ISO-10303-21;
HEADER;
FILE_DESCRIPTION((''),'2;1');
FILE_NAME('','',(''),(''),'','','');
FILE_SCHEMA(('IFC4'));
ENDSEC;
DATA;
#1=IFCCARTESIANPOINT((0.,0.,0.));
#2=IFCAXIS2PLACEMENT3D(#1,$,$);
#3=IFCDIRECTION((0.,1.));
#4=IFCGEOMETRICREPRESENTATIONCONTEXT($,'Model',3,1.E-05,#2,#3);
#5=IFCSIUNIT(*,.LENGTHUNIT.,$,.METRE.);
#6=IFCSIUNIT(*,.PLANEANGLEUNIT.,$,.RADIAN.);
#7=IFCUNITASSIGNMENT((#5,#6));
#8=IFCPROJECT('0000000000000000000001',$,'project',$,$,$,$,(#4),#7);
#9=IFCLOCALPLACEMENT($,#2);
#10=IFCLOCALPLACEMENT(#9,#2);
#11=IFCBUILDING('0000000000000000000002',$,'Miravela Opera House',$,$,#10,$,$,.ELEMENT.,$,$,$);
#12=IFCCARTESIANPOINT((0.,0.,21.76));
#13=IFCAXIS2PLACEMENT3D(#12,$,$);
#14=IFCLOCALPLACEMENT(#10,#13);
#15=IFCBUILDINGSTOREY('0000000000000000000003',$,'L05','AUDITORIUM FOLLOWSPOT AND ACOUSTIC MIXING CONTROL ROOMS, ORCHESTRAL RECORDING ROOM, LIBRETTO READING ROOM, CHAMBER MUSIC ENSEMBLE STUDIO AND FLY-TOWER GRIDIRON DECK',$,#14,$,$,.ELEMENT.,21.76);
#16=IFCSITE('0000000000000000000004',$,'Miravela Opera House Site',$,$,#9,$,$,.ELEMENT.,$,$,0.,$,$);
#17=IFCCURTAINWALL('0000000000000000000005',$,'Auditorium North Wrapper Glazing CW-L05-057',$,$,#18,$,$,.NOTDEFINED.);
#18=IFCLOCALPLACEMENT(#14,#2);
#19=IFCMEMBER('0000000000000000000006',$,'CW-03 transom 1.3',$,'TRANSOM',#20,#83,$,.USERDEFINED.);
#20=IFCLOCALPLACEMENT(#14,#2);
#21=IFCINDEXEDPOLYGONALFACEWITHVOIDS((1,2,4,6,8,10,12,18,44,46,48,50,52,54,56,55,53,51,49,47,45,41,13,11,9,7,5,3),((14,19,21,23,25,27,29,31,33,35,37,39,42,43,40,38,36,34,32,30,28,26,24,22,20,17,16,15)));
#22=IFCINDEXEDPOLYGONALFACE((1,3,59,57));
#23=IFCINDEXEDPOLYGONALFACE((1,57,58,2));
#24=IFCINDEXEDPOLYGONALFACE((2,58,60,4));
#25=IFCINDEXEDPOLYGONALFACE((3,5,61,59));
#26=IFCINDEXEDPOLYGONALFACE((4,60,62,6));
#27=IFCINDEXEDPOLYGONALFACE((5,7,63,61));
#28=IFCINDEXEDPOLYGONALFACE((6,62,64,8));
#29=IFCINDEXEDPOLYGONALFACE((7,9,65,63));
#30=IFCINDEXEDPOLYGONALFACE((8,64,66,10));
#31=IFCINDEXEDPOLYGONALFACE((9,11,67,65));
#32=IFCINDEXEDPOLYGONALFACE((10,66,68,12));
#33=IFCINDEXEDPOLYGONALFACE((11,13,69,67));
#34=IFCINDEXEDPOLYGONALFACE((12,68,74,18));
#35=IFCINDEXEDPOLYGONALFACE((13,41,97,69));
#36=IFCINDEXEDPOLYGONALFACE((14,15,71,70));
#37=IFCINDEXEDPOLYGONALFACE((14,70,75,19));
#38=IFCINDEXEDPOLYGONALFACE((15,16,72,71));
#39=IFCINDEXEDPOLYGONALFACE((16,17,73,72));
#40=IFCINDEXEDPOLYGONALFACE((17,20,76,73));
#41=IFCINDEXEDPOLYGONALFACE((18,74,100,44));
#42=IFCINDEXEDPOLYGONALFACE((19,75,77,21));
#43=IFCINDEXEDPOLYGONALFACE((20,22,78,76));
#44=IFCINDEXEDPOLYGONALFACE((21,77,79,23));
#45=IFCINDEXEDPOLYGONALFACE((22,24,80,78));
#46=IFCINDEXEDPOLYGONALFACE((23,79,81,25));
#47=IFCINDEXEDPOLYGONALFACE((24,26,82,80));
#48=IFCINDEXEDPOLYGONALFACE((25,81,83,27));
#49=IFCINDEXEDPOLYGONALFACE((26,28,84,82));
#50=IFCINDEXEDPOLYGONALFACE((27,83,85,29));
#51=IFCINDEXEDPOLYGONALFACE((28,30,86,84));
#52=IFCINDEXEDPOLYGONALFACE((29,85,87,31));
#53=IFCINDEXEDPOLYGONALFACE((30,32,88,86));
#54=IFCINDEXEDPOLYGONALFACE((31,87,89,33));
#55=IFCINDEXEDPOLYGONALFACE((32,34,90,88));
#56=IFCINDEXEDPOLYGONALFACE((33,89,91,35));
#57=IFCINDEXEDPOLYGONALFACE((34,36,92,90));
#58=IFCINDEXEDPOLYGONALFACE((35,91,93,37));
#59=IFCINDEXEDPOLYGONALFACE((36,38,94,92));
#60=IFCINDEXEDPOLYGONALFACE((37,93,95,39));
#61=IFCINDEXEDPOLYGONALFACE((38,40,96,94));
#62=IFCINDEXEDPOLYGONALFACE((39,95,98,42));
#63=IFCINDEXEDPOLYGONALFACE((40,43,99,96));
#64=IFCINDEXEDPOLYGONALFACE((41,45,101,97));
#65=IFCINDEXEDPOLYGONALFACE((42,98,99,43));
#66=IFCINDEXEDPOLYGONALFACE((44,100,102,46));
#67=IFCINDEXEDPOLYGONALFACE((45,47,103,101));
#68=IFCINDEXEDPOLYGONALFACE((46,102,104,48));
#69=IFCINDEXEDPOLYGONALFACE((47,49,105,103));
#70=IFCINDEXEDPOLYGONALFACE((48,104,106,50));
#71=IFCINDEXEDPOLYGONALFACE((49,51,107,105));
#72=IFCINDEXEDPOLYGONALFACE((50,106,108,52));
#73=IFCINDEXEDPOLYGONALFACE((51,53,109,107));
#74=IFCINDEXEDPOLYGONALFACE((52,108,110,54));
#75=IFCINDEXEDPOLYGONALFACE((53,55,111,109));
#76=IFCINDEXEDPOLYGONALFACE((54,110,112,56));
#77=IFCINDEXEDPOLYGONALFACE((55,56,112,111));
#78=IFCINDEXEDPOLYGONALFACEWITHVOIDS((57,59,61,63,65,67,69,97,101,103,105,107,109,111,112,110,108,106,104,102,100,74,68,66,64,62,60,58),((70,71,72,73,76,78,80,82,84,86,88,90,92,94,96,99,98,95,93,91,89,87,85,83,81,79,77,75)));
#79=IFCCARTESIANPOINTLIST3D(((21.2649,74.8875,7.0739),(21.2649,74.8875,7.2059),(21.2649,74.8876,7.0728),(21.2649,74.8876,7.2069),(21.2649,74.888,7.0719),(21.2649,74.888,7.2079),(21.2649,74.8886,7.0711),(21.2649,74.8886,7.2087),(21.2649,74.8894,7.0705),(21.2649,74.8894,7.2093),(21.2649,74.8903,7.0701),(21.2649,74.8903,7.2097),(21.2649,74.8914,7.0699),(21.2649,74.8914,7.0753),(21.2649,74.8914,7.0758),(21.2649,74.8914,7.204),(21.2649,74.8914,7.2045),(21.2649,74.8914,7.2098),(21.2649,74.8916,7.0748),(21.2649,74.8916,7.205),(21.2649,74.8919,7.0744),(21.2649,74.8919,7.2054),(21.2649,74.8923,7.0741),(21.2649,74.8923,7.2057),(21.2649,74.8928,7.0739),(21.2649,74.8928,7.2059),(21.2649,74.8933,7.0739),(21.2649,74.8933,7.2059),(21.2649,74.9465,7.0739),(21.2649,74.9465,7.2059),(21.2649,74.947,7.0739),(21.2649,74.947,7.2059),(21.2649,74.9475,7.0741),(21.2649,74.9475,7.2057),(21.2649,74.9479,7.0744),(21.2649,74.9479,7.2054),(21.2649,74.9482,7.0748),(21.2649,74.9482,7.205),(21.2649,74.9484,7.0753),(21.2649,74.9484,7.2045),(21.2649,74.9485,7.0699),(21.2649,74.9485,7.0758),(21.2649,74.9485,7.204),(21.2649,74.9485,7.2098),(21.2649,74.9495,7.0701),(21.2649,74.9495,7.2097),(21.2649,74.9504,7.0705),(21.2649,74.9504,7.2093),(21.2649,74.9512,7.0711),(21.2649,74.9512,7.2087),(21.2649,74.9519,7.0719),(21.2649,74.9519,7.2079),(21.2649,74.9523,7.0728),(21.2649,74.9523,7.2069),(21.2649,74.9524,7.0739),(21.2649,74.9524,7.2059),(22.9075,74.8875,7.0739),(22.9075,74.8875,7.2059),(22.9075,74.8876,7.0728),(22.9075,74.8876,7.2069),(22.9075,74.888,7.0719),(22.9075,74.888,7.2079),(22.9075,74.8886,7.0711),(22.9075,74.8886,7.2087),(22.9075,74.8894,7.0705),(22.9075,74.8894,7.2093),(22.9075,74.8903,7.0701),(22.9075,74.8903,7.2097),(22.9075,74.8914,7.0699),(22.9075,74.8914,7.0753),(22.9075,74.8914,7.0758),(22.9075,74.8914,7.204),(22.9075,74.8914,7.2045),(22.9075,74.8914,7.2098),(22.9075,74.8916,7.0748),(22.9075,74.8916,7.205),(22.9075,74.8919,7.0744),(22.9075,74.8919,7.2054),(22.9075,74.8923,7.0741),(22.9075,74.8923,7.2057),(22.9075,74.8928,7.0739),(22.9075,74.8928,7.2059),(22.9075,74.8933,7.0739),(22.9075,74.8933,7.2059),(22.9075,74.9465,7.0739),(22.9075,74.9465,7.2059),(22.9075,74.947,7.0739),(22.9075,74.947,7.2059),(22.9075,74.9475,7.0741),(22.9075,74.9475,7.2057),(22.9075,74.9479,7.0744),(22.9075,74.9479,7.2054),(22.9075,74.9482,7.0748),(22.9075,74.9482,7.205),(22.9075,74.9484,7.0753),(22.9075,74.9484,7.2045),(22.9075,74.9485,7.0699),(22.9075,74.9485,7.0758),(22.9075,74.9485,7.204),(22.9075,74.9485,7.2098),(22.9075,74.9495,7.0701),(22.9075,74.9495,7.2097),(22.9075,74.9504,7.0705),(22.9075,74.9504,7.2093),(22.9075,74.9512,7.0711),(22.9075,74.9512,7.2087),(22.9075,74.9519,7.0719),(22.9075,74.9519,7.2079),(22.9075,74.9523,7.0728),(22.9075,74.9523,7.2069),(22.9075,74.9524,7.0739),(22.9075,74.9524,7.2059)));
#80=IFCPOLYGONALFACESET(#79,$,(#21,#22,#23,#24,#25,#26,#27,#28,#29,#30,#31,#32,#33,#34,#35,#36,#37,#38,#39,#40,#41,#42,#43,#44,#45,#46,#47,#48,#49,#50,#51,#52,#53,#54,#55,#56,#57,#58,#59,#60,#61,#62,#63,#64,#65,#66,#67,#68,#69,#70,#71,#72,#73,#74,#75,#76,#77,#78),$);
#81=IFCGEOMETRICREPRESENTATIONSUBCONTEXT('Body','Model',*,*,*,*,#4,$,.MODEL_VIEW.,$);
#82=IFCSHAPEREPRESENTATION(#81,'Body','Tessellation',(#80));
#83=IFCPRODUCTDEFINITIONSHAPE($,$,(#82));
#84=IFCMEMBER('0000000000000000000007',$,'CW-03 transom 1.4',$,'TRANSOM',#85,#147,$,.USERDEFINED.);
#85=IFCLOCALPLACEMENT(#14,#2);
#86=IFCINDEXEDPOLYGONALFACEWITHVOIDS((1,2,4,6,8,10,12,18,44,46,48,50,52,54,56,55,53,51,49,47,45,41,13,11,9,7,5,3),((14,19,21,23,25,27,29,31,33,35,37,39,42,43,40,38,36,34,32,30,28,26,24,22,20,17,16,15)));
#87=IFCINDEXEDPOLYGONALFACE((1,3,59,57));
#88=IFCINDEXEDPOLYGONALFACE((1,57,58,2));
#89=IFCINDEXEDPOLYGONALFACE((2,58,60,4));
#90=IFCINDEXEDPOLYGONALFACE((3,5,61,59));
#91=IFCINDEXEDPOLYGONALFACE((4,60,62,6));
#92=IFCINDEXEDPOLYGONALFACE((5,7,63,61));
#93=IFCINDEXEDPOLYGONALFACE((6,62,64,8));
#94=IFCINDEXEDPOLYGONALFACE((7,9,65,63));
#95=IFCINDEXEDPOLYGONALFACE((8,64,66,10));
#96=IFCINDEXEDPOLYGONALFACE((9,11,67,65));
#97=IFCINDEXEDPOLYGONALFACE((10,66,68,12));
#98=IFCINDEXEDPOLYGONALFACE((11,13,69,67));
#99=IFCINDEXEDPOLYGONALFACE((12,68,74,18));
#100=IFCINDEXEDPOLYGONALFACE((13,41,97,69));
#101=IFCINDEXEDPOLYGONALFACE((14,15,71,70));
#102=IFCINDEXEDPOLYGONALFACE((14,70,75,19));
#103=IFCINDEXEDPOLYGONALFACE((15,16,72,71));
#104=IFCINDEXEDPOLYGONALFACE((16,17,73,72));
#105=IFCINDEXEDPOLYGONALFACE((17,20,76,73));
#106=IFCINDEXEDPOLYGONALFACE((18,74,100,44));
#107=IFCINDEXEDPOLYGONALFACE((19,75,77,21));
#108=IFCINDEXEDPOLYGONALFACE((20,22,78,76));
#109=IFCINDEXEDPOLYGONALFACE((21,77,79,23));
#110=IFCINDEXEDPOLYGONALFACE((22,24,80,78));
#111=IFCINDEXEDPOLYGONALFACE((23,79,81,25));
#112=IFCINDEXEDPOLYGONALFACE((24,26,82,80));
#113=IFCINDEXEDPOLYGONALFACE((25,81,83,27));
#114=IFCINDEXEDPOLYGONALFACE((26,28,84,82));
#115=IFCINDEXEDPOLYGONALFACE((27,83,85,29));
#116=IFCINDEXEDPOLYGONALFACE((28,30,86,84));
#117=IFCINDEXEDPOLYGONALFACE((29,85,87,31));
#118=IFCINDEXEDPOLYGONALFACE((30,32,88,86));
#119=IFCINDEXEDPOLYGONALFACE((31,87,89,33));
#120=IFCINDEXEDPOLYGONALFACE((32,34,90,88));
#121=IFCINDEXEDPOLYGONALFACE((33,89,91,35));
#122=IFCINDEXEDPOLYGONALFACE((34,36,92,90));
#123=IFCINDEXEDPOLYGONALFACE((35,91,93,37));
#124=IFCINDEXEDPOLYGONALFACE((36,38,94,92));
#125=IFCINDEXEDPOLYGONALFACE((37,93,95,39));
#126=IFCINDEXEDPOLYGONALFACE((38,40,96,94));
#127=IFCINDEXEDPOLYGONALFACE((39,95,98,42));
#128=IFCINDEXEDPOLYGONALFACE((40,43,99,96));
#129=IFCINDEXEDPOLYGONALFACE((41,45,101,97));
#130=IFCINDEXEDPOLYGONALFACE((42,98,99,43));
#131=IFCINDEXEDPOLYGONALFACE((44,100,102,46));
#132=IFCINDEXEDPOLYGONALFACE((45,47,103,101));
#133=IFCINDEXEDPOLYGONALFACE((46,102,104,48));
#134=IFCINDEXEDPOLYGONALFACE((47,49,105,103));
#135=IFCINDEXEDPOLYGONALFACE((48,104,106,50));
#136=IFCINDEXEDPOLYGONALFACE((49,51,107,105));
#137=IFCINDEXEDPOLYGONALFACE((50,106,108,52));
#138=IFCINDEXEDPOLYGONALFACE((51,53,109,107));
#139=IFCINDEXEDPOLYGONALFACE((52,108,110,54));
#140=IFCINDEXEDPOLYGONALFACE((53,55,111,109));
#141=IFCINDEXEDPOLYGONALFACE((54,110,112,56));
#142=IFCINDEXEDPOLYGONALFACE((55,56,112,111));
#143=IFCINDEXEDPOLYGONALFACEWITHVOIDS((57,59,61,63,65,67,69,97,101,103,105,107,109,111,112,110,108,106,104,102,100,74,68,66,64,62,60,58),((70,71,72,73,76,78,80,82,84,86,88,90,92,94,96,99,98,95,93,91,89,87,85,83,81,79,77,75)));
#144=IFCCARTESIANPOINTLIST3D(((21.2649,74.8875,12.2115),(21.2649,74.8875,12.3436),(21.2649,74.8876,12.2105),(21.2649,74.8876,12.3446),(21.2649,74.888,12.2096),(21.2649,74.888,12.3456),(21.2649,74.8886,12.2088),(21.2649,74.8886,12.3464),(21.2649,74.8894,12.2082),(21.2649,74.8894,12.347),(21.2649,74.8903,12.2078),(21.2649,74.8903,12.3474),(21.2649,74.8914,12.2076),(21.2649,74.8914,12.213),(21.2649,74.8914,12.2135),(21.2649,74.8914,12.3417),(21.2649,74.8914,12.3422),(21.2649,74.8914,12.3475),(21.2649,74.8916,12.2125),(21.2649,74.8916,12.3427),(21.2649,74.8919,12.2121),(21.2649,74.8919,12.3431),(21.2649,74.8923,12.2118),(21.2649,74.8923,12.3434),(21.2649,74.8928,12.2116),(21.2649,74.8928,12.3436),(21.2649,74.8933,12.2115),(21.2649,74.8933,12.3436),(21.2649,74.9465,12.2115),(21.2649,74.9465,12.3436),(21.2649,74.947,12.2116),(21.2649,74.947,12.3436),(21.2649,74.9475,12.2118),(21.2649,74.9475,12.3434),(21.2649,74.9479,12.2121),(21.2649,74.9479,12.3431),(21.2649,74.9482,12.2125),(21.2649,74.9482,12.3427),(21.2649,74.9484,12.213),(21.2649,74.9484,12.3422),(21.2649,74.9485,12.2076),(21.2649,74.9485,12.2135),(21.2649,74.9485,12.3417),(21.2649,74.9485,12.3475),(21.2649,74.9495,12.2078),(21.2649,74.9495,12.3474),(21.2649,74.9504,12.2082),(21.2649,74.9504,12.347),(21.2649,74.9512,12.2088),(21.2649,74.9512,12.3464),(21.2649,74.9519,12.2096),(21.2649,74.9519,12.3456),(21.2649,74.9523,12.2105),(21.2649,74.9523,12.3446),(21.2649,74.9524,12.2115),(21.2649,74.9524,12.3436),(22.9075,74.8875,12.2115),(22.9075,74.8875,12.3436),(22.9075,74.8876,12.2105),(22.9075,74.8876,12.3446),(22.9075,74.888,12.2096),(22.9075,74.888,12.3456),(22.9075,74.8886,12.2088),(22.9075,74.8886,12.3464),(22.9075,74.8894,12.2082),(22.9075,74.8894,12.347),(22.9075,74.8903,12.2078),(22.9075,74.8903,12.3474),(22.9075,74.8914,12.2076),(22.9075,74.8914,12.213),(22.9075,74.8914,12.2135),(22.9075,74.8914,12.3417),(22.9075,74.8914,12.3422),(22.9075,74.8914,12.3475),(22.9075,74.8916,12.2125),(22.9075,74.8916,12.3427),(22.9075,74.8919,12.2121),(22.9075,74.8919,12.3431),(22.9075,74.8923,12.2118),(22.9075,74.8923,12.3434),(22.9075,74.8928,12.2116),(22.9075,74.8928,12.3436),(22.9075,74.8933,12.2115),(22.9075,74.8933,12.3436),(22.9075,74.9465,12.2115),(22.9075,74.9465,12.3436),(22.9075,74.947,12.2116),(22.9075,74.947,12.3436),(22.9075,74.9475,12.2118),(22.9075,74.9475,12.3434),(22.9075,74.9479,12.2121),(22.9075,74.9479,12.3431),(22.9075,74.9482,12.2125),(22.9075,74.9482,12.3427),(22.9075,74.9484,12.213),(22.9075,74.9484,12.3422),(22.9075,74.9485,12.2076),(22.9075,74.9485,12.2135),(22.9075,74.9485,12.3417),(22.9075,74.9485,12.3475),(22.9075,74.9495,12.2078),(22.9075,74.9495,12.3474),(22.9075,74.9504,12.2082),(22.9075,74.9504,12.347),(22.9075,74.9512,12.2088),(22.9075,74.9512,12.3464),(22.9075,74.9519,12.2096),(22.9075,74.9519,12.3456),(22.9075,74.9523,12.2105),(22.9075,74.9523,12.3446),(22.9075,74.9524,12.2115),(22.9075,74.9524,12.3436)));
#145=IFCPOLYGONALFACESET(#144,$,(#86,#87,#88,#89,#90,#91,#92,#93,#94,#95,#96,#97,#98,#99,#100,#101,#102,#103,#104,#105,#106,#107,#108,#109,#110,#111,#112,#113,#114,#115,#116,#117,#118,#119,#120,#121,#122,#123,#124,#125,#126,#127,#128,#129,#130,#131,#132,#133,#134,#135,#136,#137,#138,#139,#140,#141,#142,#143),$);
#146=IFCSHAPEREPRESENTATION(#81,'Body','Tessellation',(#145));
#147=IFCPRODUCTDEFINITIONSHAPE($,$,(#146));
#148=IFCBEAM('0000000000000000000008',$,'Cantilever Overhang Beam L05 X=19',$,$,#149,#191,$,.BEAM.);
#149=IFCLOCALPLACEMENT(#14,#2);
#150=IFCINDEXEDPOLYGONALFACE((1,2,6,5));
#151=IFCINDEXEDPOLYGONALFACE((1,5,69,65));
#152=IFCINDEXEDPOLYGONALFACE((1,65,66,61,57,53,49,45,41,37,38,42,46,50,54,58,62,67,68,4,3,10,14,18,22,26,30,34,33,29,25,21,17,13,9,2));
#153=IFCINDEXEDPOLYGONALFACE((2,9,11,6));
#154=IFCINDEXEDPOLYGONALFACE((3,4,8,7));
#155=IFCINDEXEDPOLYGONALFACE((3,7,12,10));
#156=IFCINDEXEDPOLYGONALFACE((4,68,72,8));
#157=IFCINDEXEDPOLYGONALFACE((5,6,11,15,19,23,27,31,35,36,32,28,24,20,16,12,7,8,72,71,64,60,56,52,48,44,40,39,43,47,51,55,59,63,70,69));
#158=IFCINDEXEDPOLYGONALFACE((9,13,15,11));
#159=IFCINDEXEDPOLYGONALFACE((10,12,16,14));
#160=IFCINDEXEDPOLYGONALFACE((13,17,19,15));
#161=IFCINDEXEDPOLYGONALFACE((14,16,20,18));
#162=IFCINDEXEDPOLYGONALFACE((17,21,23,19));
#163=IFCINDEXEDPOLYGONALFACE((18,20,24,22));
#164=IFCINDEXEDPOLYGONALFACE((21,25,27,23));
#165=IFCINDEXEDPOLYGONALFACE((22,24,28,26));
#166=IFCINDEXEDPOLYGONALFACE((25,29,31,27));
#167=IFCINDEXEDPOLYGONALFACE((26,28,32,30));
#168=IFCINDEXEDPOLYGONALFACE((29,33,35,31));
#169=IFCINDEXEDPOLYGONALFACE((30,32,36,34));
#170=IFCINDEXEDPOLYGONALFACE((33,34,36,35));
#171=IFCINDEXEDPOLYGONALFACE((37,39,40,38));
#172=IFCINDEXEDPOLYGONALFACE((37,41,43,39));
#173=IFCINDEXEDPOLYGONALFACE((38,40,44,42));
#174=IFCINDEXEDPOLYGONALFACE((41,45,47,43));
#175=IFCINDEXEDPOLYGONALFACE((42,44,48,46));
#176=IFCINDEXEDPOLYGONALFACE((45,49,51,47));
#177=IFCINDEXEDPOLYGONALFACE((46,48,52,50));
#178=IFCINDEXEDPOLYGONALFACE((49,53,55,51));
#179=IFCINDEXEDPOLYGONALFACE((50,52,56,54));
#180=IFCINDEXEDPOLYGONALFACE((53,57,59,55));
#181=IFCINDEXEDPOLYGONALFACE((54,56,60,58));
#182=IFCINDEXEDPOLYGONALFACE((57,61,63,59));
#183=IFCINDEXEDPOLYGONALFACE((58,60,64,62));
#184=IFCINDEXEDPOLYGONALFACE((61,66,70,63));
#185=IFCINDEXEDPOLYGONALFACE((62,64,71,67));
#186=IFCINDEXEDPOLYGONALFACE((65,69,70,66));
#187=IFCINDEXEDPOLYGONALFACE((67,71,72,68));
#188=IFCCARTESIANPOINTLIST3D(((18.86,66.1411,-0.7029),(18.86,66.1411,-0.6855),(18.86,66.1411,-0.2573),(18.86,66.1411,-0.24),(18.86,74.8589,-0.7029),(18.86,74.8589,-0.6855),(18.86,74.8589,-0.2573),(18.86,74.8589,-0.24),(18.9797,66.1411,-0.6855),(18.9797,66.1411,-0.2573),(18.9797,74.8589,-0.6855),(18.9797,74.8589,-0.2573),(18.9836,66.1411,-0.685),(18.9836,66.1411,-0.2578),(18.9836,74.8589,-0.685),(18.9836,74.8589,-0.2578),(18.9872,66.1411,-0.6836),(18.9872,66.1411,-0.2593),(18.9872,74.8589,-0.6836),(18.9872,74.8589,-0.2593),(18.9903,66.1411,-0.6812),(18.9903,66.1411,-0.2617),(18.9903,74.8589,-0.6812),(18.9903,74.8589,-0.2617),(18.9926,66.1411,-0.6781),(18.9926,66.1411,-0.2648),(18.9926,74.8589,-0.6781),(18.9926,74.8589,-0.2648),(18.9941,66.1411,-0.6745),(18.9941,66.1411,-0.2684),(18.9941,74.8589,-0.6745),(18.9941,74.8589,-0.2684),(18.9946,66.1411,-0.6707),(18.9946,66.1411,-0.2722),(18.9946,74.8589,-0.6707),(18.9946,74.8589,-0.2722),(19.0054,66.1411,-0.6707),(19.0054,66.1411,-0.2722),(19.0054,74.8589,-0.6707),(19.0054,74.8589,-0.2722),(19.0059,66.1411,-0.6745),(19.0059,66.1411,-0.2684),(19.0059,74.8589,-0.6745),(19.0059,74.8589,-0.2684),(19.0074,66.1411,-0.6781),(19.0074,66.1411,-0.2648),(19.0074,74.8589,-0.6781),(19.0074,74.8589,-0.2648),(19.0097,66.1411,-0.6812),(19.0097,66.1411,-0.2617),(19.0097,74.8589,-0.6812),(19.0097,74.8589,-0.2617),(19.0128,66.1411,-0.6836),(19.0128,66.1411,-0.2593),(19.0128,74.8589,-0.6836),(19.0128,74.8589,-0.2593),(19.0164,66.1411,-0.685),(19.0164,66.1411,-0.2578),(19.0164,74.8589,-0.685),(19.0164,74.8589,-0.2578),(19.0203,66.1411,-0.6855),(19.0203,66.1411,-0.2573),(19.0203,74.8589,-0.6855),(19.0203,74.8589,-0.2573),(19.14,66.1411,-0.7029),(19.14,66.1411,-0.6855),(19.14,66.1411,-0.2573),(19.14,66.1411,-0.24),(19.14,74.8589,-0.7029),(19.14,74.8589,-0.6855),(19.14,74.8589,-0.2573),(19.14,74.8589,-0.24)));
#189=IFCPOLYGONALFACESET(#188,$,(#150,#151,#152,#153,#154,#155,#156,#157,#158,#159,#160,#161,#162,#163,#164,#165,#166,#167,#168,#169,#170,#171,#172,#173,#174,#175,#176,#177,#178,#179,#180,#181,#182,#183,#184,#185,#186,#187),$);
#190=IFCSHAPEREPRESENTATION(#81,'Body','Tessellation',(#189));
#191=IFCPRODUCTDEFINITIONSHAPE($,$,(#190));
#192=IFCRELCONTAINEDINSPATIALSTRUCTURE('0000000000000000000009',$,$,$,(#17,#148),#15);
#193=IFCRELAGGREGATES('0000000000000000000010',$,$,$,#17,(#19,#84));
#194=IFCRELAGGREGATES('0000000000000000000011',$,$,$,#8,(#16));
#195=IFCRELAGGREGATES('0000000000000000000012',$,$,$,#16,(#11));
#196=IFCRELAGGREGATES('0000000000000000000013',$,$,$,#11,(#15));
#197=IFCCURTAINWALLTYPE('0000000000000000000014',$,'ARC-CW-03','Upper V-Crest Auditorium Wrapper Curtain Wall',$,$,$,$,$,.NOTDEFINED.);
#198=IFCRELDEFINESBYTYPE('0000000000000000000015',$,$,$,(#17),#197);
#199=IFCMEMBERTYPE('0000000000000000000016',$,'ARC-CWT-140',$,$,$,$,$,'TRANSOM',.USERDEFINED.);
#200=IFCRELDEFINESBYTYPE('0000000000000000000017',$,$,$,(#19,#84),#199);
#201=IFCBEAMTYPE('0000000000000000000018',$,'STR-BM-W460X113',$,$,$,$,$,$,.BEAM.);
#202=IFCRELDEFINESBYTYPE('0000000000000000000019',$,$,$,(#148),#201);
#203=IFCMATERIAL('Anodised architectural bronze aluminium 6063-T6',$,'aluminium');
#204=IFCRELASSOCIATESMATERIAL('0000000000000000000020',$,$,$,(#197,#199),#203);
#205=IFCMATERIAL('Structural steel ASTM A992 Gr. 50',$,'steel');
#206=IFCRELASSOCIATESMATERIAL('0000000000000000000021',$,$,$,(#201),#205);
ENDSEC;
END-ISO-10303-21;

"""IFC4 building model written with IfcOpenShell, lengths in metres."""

from ifc_helpers import new_model, si_unit, direction, frame, origin, origin_2d, place, context, subcontext, project, spatial, hollow_rectangle, i_section, extrude, material, material_profile, profile_set, type_object, element, aggregate, save


model = new_model("IFC4")

# Units and contexts
model_context = context("Model", 3, precision=1e-05, world=origin(), true_north=direction((0.0, 1.0)))
body_context = subcontext(model_context, "Body", "Model", "MODEL_VIEW")
ifc_project = project(units=[si_unit("LENGTHUNIT", "METRE"), si_unit("PLANEANGLEUNIT", "RADIAN")], contexts=[model_context])

# Site, building, storey
site_placement = place(None, origin())
site = spatial("IfcSite", under=ifc_project, at=site_placement, Name="Miravela Opera House Site", CompositionType="ELEMENT", RefElevation=0.0)
building_placement = place(site_placement, origin())
building = spatial("IfcBuilding", under=site, at=building_placement, Name="Miravela Opera House", CompositionType="ELEMENT")
storey_placement = place(building_placement, frame((0.0, 0.0, 21.76)))
storey = spatial("IfcBuildingStorey", under=building, at=storey_placement, Name="L05", Description="AUDITORIUM FOLLOWSPOT AND ACOUSTIC MIXING CONTROL ROOMS, ORCHESTRAL RECORDING ROOM, LIBRETTO READING ROOM, CHAMBER MUSIC ENSEMBLE STUDIO AND FLY-TOWER GRIDIRON DECK", CompositionType="ELEMENT", Elevation=21.76)

# Curtain wall
ifc_material_1 = material(Name="Anodised architectural bronze aluminium 6063-T6", Category="aluminium")
curtain_wall_type = type_object("IfcCurtainWallType", Name="ARC-CW-03", Description="Upper V-Crest Auditorium Wrapper Curtain Wall", PredefinedType="NOTDEFINED", material=ifc_material_1)
curtain_wall_1_placement = place(storey_placement, origin())
curtain_wall_1 = element("IfcCurtainWall", 1, at=curtain_wall_1_placement, inside=storey, type_object=curtain_wall_type, Name="Auditorium North Wrapper Glazing CW-L05-057", PredefinedType="NOTDEFINED")

# Members
ifc_material_profile_1 = material_profile(ifc_material_1, hollow_rectangle(XDim=0.0649, YDim=0.1399, WallThickness=0.0039, InnerFilletRadius=0.002, OuterFilletRadius=0.0039, at=origin_2d()), Name="CWT-65X140")
ifc_profile_set_1 = profile_set([ifc_material_profile_1])
member_type_1 = type_object("IfcMemberType", Name="ARC-CWT-140", ElementType="TRANSOM", PredefinedType="USERDEFINED", material=ifc_profile_set_1)
member_1_placement = place(storey_placement, frame((21.2649, 74.9199, 7.1399), z_axis=(1.0, 0.0, 0.0), x_axis=(0.0, 1.0, 0.0)))
member_1 = element("IfcMember", 2, at=member_1_placement, type_object=member_type_1, Name="CW-03 transom 1.3", ObjectType="TRANSOM", PredefinedType="USERDEFINED", context=body_context, shape_type="SweptSolid", body=[
    extrude(hollow_rectangle(XDim=0.0649, YDim=0.1399, WallThickness=0.0039, InnerFilletRadius=0.002, OuterFilletRadius=0.0039, at=origin_2d()), origin(), (0.0, 0.0, 1.0), 1.6426),
])
member_2_placement = place(storey_placement, frame((21.2649, 74.9199, 12.2776), z_axis=(1.0, 0.0, 0.0), x_axis=(0.0, 1.0, 0.0)))
member_2 = element("IfcMember", 3, at=member_2_placement, type_object=member_type_1, Name="CW-03 transom 1.4", ObjectType="TRANSOM", PredefinedType="USERDEFINED", context=body_context, shape_type="SweptSolid", body=[
    extrude(hollow_rectangle(XDim=0.0649, YDim=0.1399, WallThickness=0.0039, InnerFilletRadius=0.002, OuterFilletRadius=0.0039, at=origin_2d()), origin(), (0.0, 0.0, 1.0), 1.6426),
])

# Beam
ifc_material_2 = material(Name="Structural steel ASTM A992 Gr. 50", Category="steel")
ifc_material_profile_2 = material_profile(ifc_material_2, i_section(OverallWidth=0.28, OverallDepth=0.4629, WebThickness=0.0107, FlangeThickness=0.0173, FilletRadius=0.0149, at=origin_2d()), Name="W460X113")
ifc_profile_set_2 = profile_set([ifc_material_profile_2])
beam_type_1 = type_object("IfcBeamType", Name="STR-BM-W460X113", PredefinedType="BEAM", material=ifc_profile_set_2)
for number, where, z_axis, x_axis, name in (
    (4, (19.0, 66.1411, -0.4714), (0.0, 1.0, 0.0), (-1.0, 0.0, 0.0), "Cantilever Overhang Beam L05 X=19"),
):
    element("IfcBeam", number, at=place(storey_placement, frame(where, z_axis=z_axis, x_axis=x_axis)), inside=storey, type_object=beam_type_1, Name=name, PredefinedType="BEAM", context=body_context, shape_type="SweptSolid", body=[
        extrude(i_section(OverallWidth=0.28, OverallDepth=0.4629, WebThickness=0.0107, FlangeThickness=0.0173, FilletRadius=0.0149, at=origin_2d()), origin(), (0.0, 0.0, 1.0), 8.7178),
    ])

aggregate(curtain_wall_1, [member_1, member_2])

save(model, "model.ifc")
